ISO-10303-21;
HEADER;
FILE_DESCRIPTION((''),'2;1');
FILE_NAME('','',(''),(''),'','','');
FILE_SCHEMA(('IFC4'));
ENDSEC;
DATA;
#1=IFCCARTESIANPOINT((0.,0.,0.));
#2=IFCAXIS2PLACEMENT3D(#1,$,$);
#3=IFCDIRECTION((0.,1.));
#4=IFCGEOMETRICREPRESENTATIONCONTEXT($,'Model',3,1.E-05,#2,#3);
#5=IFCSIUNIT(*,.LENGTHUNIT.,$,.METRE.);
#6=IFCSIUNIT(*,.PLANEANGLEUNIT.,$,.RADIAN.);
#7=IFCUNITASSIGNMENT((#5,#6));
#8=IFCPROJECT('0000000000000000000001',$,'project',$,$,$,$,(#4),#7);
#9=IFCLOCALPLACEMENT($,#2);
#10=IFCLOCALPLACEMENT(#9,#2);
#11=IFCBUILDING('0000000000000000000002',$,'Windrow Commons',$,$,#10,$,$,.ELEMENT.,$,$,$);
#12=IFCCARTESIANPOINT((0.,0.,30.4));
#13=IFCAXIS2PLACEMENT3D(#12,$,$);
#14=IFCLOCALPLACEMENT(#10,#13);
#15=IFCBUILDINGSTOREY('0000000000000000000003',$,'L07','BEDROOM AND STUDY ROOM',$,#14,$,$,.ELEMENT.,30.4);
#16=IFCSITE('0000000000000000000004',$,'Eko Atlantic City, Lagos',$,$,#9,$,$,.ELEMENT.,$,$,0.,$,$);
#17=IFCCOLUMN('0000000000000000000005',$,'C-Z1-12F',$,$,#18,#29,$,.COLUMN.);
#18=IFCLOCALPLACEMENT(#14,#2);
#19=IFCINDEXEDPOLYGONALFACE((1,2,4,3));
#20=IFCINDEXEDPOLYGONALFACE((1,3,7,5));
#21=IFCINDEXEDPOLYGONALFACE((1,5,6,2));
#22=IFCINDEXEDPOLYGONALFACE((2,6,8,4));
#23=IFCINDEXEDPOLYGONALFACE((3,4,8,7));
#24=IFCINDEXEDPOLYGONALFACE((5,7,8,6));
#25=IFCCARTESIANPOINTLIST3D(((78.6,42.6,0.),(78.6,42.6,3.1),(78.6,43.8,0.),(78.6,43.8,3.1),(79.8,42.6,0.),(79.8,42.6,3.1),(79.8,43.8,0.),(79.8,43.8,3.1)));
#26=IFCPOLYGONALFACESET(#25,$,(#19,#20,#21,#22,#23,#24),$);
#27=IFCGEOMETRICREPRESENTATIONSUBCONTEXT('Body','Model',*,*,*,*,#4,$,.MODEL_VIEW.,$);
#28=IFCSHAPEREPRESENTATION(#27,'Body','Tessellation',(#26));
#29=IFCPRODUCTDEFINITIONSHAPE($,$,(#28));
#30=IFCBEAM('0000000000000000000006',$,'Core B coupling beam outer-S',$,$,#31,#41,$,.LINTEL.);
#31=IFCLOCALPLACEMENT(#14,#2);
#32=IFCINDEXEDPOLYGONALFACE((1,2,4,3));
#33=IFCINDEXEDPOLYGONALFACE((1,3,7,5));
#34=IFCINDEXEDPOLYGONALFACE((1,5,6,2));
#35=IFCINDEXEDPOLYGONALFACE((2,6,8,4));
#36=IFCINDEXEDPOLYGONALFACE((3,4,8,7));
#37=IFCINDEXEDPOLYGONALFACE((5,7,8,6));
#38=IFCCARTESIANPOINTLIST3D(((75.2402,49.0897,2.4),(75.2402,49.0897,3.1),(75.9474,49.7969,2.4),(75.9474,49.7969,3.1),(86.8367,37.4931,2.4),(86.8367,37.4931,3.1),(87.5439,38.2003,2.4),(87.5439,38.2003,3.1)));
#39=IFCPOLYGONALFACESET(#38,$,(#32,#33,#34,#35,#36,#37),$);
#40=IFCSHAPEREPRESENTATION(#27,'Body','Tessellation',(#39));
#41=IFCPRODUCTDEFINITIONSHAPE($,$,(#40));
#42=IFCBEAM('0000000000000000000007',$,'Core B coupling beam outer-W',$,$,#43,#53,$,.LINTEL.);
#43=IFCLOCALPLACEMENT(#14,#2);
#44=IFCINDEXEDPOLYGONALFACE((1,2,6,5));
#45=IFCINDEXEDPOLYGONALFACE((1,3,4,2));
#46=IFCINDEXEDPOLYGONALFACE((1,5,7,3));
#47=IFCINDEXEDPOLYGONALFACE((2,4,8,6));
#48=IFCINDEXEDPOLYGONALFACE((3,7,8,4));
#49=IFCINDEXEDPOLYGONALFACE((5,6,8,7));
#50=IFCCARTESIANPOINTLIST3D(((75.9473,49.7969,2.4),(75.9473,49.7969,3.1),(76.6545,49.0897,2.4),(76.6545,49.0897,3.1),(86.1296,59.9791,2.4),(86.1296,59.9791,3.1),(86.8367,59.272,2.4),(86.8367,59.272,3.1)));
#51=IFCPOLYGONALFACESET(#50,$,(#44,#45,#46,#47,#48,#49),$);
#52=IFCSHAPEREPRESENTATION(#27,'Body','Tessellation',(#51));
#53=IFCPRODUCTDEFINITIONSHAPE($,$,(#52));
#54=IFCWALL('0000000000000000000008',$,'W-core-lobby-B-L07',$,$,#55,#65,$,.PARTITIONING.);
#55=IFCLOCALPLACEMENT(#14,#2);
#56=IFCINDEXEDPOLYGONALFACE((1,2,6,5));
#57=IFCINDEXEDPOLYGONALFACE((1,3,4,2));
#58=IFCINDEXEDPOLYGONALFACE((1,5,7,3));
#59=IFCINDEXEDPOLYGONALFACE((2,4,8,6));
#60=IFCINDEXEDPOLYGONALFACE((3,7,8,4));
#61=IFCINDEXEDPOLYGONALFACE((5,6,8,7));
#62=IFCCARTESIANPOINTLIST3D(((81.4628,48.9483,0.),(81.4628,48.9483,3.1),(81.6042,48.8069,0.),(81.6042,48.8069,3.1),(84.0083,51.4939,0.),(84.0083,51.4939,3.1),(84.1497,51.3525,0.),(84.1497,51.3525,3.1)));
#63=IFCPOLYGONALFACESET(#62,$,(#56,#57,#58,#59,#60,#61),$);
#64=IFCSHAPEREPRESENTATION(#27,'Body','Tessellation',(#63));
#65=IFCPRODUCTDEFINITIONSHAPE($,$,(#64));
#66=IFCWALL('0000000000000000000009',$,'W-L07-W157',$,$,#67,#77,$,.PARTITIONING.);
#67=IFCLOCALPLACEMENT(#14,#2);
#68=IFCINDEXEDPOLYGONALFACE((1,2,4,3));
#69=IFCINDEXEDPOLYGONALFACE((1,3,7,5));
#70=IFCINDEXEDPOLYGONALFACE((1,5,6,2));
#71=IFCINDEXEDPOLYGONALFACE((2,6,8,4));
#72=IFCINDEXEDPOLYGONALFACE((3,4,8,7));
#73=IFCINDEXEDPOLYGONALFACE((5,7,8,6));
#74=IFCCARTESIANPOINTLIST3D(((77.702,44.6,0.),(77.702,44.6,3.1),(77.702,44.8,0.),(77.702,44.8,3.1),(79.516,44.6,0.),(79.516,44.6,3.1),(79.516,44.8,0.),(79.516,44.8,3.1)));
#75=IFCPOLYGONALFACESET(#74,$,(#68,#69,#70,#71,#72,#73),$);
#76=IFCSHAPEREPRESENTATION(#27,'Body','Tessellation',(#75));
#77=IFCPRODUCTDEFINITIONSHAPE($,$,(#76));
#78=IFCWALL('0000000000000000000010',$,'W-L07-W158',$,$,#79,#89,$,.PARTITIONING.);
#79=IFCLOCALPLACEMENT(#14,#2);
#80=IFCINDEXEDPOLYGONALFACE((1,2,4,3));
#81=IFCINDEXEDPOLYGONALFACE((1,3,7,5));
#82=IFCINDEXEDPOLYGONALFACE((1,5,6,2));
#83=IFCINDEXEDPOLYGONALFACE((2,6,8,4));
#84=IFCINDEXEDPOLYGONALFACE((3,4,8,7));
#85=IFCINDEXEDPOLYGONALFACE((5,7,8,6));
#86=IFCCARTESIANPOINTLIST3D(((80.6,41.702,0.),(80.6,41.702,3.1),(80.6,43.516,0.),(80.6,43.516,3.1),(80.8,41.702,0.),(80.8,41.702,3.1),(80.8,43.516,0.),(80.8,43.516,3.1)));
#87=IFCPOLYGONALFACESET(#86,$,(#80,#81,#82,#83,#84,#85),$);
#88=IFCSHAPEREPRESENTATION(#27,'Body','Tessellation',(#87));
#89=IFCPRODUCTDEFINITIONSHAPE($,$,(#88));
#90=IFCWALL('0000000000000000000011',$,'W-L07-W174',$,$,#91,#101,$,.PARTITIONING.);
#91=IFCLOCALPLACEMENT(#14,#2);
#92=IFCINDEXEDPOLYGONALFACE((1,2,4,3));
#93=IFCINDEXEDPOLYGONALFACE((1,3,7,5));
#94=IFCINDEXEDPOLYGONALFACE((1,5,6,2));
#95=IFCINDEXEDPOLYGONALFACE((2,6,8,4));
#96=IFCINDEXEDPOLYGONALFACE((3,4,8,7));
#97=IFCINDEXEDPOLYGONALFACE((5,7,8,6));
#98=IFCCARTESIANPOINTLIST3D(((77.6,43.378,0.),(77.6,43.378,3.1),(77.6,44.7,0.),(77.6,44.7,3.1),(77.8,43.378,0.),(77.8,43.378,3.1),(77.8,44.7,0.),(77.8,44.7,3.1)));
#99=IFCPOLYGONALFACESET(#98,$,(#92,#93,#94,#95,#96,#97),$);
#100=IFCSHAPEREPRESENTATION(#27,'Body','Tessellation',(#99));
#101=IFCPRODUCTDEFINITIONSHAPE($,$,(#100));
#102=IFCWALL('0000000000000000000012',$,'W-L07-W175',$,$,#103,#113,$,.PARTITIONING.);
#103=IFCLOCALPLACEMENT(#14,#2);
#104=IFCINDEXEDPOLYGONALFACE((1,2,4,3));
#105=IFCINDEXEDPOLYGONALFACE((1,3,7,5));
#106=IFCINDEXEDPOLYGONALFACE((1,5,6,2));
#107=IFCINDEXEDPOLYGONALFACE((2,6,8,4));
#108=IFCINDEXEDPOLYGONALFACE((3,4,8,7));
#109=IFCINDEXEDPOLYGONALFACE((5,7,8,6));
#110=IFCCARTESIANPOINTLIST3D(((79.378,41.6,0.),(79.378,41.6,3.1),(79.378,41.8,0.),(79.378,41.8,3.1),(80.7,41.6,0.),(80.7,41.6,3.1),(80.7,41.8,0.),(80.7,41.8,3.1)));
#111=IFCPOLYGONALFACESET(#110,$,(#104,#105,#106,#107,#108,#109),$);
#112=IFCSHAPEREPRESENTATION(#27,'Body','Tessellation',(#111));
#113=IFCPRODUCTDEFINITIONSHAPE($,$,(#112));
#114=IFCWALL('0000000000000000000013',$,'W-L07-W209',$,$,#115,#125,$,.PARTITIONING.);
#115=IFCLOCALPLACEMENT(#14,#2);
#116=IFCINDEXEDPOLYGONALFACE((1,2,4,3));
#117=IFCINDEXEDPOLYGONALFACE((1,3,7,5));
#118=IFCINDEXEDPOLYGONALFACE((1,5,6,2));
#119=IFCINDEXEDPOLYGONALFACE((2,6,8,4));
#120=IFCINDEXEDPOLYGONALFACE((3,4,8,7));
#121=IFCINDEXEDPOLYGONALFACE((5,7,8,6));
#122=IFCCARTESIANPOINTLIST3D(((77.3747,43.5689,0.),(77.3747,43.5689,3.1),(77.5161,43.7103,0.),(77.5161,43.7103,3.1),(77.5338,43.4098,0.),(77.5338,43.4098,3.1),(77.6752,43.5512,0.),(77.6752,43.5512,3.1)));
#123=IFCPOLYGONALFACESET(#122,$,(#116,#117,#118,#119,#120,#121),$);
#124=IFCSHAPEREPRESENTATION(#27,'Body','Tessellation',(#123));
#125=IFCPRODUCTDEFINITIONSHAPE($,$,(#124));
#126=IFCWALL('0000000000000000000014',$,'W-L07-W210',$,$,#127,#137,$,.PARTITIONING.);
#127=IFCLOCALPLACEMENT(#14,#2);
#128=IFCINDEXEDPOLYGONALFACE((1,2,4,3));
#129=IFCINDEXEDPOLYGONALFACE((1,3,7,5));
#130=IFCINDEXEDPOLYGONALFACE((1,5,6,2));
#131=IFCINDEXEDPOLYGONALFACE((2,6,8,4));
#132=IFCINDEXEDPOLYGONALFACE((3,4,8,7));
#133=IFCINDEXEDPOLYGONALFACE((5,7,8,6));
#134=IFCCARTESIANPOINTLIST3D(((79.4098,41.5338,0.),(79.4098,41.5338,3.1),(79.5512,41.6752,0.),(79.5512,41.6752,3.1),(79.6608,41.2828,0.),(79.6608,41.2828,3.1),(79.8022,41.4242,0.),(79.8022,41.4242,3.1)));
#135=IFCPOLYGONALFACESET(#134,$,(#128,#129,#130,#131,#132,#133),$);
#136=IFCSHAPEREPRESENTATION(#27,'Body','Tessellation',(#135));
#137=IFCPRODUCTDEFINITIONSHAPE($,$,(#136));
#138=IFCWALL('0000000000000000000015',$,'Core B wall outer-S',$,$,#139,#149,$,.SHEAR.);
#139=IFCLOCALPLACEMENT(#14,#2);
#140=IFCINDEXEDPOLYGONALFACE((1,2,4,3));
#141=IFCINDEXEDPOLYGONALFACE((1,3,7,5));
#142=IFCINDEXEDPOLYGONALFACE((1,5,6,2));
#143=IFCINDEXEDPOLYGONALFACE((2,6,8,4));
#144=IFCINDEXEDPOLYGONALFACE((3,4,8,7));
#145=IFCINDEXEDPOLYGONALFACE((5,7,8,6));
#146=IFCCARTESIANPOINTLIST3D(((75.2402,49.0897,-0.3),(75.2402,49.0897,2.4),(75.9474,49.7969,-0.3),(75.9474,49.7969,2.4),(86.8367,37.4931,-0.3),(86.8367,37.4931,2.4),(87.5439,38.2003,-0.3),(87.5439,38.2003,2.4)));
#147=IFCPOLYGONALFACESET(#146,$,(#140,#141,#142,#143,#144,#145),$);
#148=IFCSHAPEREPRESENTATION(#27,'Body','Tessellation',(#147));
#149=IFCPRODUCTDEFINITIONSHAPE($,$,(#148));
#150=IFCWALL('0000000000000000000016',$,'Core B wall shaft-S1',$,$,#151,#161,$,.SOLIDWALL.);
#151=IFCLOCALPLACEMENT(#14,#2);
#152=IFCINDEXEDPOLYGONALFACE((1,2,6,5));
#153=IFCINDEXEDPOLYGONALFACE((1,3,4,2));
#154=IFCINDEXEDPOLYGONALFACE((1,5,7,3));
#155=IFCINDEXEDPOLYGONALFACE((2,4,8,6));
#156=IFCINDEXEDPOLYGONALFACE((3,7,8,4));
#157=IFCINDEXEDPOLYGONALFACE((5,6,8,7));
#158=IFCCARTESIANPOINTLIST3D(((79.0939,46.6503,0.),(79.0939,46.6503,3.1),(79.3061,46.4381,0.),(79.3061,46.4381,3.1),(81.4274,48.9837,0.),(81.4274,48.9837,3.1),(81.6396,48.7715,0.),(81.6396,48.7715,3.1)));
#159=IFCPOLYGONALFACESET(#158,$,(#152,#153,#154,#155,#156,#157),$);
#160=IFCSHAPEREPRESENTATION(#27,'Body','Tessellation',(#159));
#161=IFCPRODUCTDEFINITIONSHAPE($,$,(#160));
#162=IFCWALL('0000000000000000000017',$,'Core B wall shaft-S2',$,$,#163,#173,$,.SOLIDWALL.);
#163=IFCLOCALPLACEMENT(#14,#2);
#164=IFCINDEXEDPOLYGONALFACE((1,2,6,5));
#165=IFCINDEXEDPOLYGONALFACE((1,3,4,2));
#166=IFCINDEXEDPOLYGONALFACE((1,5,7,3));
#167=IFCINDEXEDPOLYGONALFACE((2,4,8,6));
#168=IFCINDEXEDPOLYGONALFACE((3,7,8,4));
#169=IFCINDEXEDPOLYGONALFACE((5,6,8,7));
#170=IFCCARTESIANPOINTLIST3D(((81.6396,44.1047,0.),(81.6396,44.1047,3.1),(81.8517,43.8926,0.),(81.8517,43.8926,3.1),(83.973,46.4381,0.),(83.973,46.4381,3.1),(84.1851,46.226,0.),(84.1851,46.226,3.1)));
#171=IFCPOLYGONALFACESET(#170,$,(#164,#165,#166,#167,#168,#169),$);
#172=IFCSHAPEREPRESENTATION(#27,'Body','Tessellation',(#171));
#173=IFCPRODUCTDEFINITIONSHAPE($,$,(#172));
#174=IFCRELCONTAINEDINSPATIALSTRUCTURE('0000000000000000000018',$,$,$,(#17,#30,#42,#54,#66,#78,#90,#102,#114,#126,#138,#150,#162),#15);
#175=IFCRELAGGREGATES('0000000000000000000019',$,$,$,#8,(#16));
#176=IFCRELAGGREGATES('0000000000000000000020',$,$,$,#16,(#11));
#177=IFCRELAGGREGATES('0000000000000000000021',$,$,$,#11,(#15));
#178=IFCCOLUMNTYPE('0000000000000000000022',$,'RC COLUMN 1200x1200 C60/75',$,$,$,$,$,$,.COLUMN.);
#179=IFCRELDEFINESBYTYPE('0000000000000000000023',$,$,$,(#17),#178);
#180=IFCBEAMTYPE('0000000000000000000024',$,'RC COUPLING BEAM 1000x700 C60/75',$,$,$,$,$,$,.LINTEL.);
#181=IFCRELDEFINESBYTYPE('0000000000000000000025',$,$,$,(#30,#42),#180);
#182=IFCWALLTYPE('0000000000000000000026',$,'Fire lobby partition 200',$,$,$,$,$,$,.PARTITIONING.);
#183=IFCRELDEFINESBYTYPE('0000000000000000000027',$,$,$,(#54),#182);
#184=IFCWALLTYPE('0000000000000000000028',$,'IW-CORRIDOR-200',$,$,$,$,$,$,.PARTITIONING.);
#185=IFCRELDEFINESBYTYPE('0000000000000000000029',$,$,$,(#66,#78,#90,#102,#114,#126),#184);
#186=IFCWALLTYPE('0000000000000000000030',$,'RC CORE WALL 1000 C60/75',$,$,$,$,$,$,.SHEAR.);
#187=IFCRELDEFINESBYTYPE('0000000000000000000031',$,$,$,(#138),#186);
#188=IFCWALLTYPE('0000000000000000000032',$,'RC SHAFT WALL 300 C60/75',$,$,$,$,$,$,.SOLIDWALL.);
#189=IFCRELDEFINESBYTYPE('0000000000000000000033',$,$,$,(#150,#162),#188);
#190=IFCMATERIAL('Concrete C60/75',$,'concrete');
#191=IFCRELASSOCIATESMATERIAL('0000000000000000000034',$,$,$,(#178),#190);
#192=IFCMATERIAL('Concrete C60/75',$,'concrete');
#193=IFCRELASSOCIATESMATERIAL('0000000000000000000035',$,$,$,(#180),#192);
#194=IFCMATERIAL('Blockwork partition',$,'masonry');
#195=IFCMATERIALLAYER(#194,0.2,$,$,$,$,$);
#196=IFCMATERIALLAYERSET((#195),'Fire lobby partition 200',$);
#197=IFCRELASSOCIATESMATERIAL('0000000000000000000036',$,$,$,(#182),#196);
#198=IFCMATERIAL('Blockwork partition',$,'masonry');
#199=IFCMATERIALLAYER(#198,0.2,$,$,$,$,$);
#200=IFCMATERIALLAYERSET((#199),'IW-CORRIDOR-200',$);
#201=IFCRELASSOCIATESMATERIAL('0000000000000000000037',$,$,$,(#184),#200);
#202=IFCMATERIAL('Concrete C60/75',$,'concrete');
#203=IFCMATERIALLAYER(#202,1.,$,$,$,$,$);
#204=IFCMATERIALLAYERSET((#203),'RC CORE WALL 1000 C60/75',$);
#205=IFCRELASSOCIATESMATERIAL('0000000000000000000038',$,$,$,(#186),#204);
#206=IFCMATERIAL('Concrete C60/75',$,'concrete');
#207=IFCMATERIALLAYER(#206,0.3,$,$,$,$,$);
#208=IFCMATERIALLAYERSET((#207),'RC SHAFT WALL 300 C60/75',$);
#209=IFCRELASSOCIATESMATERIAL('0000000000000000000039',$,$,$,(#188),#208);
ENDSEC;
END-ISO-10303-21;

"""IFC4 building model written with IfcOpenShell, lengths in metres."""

from ifc_helpers import new_model, si_unit, direction, frame, frame_2d, origin, origin_2d, place, context, subcontext, project, spatial, rectangle, extrude, material, layer, layer_set, material_profile, profile_set, type_object, element, save


model = new_model("IFC4")

# Units and contexts
model_context = context("Model", 3, precision=1e-05, world=origin(), true_north=direction((0.0, 1.0)))
body_context = subcontext(model_context, "Body", "Model", "MODEL_VIEW")
ifc_project = project(units=[si_unit("LENGTHUNIT", "METRE"), si_unit("PLANEANGLEUNIT", "RADIAN")], contexts=[model_context])

# Site, building, storey
site_placement = place(None, origin())
site = spatial("IfcSite", under=ifc_project, at=site_placement, Name="Eko Atlantic City, Lagos", CompositionType="ELEMENT", RefElevation=0.0)
building_placement = place(site_placement, origin())
building = spatial("IfcBuilding", under=site, at=building_placement, Name="Windrow Commons", CompositionType="ELEMENT")
storey_placement = place(building_placement, frame((0.0, 0.0, 30.4)))
storey = spatial("IfcBuildingStorey", under=building, at=storey_placement, Name="L07", Description="BEDROOM AND STUDY ROOM", CompositionType="ELEMENT", Elevation=30.4)

# Column
ifc_material_1 = material(Name="Concrete C60/75", Category="concrete")
ifc_material_profile_1 = material_profile(ifc_material_1, rectangle(XDim=1.2, YDim=1.2, at=origin_2d()))
ifc_profile_set_1 = profile_set([ifc_material_profile_1], Name="Concrete C60/75")
column_type = type_object("IfcColumnType", Name="RC COLUMN 1200x1200 C60/75", PredefinedType="COLUMN", material=ifc_profile_set_1)
column_placement = place(storey_placement, frame((79.2, 43.2, 0.0), z_axis=(0.0, 0.0, 1.0), x_axis=(1.0, 0.0, 0.0)))
element("IfcColumn", 1, at=column_placement, inside=storey, type_object=column_type, Name="C-Z1-12F", PredefinedType="COLUMN", context=body_context, shape_type="SweptSolid", body=[
    extrude(rectangle(XDim=1.2, YDim=1.2, at=origin_2d()), origin(), (0.0, 0.0, 1.0), 3.1),
])

# Beams
ifc_material_2 = material(Name="Concrete C60/75", Category="concrete")
ifc_material_profile_2 = material_profile(ifc_material_2, rectangle(XDim=1.0, YDim=0.7, at=origin_2d()))
ifc_profile_set_2 = profile_set([ifc_material_profile_2], Name="Concrete C60/75")
beam_type = type_object("IfcBeamType", Name="RC COUPLING BEAM 1000x700 C60/75", PredefinedType="LINTEL", material=ifc_profile_set_2)
beam_1_placement = place(storey_placement, frame((75.5938, 49.4433, 2.75), z_axis=(0.707104, -0.70711, 0.0), x_axis=(0.70711, 0.707104, 0.0)))
element("IfcBeam", 2, at=beam_1_placement, inside=storey, type_object=beam_type, Name="Core B coupling beam outer-S", PredefinedType="LINTEL", context=body_context, shape_type="SweptSolid", body=[
    extrude(rectangle(XDim=1.0, YDim=0.7, at=origin_2d()), origin(), (0.0, 0.0, 1.0), 16.4),
])
beam_2_placement = place(storey_placement, frame((76.3009, 49.4433, 2.75), z_axis=(0.707107, 0.707107, 0.0), x_axis=(-0.707107, 0.707107, 0.0)))
element("IfcBeam", 3, at=beam_2_placement, inside=storey, type_object=beam_type, Name="Core B coupling beam outer-W", PredefinedType="LINTEL", context=body_context, shape_type="SweptSolid", body=[
    extrude(rectangle(XDim=1.0, YDim=0.7, at=origin_2d()), origin(), (0.0, 0.0, 1.0), 14.3999),
])

# Walls
ifc_material_3 = material(Name="Blockwork partition", Category="masonry")
ifc_layer_1 = layer(ifc_material_3, 0.2)
ifc_layer_set_1 = layer_set([ifc_layer_1], Name="Fire lobby partition 200")
wall_type_1 = type_object("IfcWallType", Name="Fire lobby partition 200", PredefinedType="PARTITIONING", material=ifc_layer_set_1)
wall_1_placement = place(storey_placement, frame((81.5335, 48.8776, 0.0), z_axis=(0.0, 0.0, 1.0), x_axis=(0.707093, 0.707121, 0.0)))
element("IfcWall", 4, at=wall_1_placement, inside=storey, type_object=wall_type_1, Name="W-core-lobby-B-L07", PredefinedType="PARTITIONING", context=body_context, shape_type="SweptSolid", body=[
    extrude(rectangle(XDim=3.6, YDim=0.2, at=frame_2d((1.8, 0.0))), origin(), (0.0, 0.0, 1.0), 3.1),
])
ifc_material_4 = material(Name="Blockwork partition", Category="masonry")
ifc_layer_2 = layer(ifc_material_4, 0.2)
ifc_layer_set_2 = layer_set([ifc_layer_2], Name="IW-CORRIDOR-200")
wall_type_2 = type_object("IfcWallType", Name="IW-CORRIDOR-200", PredefinedType="PARTITIONING", material=ifc_layer_set_2)
for number, where, z_axis, x_axis, name in (
    (5, (77.702, 44.7, 0.0), (0.0, 0.0, 1.0), (1.0, 0.0, 0.0), "W-L07-W157"),
    (6, (80.7, 41.702, 0.0), (0.0, 0.0, 1.0), (0.0, 1.0, 0.0), "W-L07-W158"),
):
    element("IfcWall", number, at=place(storey_placement, frame(where, z_axis=z_axis, x_axis=x_axis)), inside=storey, type_object=wall_type_2, Name=name, PredefinedType="PARTITIONING", context=body_context, shape_type="SweptSolid", body=[
        extrude(rectangle(XDim=1.814, YDim=0.2, at=frame_2d((0.907, 0.0))), origin(), (0.0, 0.0, 1.0), 3.1),
    ])
for number, where, z_axis, x_axis, name in (
    (7, (77.7, 43.378, 0.0), (0.0, 0.0, 1.0), (0.0, 1.0, 0.0), "W-L07-W174"),
    (8, (79.378, 41.7, 0.0), (0.0, 0.0, 1.0), (1.0, 0.0, 0.0), "W-L07-W175"),
):
    element("IfcWall", number, at=place(storey_placement, frame(where, z_axis=z_axis, x_axis=x_axis)), inside=storey, type_object=wall_type_2, Name=name, PredefinedType="PARTITIONING", context=body_context, shape_type="SweptSolid", body=[
        extrude(rectangle(XDim=1.322, YDim=0.2, at=frame_2d((0.661, 0.0))), origin(), (0.0, 0.0, 1.0), 3.1),
    ])
wall_2_placement = place(storey_placement, frame((77.4454, 43.6396, 0.0), z_axis=(0.0, 0.0, 1.0), x_axis=(0.707107, -0.707107, 0.0)))
element("IfcWall", 9, at=wall_2_placement, inside=storey, type_object=wall_type_2, Name="W-L07-W209", PredefinedType="PARTITIONING", context=body_context, shape_type="SweptSolid", body=[
    extrude(rectangle(XDim=0.225, YDim=0.2, at=frame_2d((0.1125, 0.0))), origin(), (0.0, 0.0, 1.0), 3.1),
])
wall_3_placement = place(storey_placement, frame((79.4805, 41.6045, 0.0), z_axis=(0.0, 0.0, 1.0), x_axis=(0.707107, -0.707107, 0.0)))
element("IfcWall", 10, at=wall_3_placement, inside=storey, type_object=wall_type_2, Name="W-L07-W210", PredefinedType="PARTITIONING", context=body_context, shape_type="SweptSolid", body=[
    extrude(rectangle(XDim=0.355, YDim=0.2, at=frame_2d((0.1775, 0.0))), origin(), (0.0, 0.0, 1.0), 3.1),
])
ifc_material_5 = material(Name="Concrete C60/75", Category="concrete")
ifc_layer_3 = layer(ifc_material_5, 1.0)
ifc_layer_set_3 = layer_set([ifc_layer_3], Name="RC CORE WALL 1000 C60/75")
wall_type_3 = type_object("IfcWallType", Name="RC CORE WALL 1000 C60/75", PredefinedType="SHEAR", material=ifc_layer_set_3)
wall_4_placement = place(storey_placement, frame((75.5938, 49.4433, -0.3), z_axis=(0.0, 0.0, 1.0), x_axis=(0.707104, -0.70711, 0.0)))
element("IfcWall", 11, at=wall_4_placement, inside=storey, type_object=wall_type_3, Name="Core B wall outer-S", PredefinedType="SHEAR", context=body_context, shape_type="SweptSolid", body=[
    extrude(rectangle(XDim=16.4, YDim=1.0, at=frame_2d((8.2, 0.0))), origin(), (0.0, 0.0, 1.0), 2.7),
])
ifc_material_6 = material(Name="Concrete C60/75", Category="concrete")
ifc_layer_4 = layer(ifc_material_6, 0.3)
ifc_layer_set_4 = layer_set([ifc_layer_4], Name="RC SHAFT WALL 300 C60/75")
wall_type_4 = type_object("IfcWallType", Name="RC SHAFT WALL 300 C60/75", PredefinedType="SOLIDWALL", material=ifc_layer_set_4)
wall_5_placement = place(storey_placement, frame((79.2, 46.5442, 0.0), z_axis=(0.0, 0.0, 1.0), x_axis=(0.707122, 0.707092, 0.0)))
element("IfcWall", 12, at=wall_5_placement, inside=storey, type_object=wall_type_4, Name="Core B wall shaft-S1", PredefinedType="SOLIDWALL", context=body_context, shape_type="SweptSolid", body=[
    extrude(rectangle(XDim=3.3, YDim=0.3, at=frame_2d((1.65, 0.0))), origin(), (0.0, 0.0, 1.0), 3.1),
])
wall_6_placement = place(storey_placement, frame((81.7456, 43.9986, 0.0), z_axis=(0.0, 0.0, 1.0), x_axis=(0.707107, 0.707107, 0.0)))
element("IfcWall", 13, at=wall_6_placement, inside=storey, type_object=wall_type_4, Name="Core B wall shaft-S2", PredefinedType="SOLIDWALL", context=body_context, shape_type="SweptSolid", body=[
    extrude(rectangle(XDim=3.2999, YDim=0.3, at=frame_2d((1.65, 0.0))), origin(), (0.0, 0.0, 1.0), 3.1),
])

save(model, "model.ifc")
